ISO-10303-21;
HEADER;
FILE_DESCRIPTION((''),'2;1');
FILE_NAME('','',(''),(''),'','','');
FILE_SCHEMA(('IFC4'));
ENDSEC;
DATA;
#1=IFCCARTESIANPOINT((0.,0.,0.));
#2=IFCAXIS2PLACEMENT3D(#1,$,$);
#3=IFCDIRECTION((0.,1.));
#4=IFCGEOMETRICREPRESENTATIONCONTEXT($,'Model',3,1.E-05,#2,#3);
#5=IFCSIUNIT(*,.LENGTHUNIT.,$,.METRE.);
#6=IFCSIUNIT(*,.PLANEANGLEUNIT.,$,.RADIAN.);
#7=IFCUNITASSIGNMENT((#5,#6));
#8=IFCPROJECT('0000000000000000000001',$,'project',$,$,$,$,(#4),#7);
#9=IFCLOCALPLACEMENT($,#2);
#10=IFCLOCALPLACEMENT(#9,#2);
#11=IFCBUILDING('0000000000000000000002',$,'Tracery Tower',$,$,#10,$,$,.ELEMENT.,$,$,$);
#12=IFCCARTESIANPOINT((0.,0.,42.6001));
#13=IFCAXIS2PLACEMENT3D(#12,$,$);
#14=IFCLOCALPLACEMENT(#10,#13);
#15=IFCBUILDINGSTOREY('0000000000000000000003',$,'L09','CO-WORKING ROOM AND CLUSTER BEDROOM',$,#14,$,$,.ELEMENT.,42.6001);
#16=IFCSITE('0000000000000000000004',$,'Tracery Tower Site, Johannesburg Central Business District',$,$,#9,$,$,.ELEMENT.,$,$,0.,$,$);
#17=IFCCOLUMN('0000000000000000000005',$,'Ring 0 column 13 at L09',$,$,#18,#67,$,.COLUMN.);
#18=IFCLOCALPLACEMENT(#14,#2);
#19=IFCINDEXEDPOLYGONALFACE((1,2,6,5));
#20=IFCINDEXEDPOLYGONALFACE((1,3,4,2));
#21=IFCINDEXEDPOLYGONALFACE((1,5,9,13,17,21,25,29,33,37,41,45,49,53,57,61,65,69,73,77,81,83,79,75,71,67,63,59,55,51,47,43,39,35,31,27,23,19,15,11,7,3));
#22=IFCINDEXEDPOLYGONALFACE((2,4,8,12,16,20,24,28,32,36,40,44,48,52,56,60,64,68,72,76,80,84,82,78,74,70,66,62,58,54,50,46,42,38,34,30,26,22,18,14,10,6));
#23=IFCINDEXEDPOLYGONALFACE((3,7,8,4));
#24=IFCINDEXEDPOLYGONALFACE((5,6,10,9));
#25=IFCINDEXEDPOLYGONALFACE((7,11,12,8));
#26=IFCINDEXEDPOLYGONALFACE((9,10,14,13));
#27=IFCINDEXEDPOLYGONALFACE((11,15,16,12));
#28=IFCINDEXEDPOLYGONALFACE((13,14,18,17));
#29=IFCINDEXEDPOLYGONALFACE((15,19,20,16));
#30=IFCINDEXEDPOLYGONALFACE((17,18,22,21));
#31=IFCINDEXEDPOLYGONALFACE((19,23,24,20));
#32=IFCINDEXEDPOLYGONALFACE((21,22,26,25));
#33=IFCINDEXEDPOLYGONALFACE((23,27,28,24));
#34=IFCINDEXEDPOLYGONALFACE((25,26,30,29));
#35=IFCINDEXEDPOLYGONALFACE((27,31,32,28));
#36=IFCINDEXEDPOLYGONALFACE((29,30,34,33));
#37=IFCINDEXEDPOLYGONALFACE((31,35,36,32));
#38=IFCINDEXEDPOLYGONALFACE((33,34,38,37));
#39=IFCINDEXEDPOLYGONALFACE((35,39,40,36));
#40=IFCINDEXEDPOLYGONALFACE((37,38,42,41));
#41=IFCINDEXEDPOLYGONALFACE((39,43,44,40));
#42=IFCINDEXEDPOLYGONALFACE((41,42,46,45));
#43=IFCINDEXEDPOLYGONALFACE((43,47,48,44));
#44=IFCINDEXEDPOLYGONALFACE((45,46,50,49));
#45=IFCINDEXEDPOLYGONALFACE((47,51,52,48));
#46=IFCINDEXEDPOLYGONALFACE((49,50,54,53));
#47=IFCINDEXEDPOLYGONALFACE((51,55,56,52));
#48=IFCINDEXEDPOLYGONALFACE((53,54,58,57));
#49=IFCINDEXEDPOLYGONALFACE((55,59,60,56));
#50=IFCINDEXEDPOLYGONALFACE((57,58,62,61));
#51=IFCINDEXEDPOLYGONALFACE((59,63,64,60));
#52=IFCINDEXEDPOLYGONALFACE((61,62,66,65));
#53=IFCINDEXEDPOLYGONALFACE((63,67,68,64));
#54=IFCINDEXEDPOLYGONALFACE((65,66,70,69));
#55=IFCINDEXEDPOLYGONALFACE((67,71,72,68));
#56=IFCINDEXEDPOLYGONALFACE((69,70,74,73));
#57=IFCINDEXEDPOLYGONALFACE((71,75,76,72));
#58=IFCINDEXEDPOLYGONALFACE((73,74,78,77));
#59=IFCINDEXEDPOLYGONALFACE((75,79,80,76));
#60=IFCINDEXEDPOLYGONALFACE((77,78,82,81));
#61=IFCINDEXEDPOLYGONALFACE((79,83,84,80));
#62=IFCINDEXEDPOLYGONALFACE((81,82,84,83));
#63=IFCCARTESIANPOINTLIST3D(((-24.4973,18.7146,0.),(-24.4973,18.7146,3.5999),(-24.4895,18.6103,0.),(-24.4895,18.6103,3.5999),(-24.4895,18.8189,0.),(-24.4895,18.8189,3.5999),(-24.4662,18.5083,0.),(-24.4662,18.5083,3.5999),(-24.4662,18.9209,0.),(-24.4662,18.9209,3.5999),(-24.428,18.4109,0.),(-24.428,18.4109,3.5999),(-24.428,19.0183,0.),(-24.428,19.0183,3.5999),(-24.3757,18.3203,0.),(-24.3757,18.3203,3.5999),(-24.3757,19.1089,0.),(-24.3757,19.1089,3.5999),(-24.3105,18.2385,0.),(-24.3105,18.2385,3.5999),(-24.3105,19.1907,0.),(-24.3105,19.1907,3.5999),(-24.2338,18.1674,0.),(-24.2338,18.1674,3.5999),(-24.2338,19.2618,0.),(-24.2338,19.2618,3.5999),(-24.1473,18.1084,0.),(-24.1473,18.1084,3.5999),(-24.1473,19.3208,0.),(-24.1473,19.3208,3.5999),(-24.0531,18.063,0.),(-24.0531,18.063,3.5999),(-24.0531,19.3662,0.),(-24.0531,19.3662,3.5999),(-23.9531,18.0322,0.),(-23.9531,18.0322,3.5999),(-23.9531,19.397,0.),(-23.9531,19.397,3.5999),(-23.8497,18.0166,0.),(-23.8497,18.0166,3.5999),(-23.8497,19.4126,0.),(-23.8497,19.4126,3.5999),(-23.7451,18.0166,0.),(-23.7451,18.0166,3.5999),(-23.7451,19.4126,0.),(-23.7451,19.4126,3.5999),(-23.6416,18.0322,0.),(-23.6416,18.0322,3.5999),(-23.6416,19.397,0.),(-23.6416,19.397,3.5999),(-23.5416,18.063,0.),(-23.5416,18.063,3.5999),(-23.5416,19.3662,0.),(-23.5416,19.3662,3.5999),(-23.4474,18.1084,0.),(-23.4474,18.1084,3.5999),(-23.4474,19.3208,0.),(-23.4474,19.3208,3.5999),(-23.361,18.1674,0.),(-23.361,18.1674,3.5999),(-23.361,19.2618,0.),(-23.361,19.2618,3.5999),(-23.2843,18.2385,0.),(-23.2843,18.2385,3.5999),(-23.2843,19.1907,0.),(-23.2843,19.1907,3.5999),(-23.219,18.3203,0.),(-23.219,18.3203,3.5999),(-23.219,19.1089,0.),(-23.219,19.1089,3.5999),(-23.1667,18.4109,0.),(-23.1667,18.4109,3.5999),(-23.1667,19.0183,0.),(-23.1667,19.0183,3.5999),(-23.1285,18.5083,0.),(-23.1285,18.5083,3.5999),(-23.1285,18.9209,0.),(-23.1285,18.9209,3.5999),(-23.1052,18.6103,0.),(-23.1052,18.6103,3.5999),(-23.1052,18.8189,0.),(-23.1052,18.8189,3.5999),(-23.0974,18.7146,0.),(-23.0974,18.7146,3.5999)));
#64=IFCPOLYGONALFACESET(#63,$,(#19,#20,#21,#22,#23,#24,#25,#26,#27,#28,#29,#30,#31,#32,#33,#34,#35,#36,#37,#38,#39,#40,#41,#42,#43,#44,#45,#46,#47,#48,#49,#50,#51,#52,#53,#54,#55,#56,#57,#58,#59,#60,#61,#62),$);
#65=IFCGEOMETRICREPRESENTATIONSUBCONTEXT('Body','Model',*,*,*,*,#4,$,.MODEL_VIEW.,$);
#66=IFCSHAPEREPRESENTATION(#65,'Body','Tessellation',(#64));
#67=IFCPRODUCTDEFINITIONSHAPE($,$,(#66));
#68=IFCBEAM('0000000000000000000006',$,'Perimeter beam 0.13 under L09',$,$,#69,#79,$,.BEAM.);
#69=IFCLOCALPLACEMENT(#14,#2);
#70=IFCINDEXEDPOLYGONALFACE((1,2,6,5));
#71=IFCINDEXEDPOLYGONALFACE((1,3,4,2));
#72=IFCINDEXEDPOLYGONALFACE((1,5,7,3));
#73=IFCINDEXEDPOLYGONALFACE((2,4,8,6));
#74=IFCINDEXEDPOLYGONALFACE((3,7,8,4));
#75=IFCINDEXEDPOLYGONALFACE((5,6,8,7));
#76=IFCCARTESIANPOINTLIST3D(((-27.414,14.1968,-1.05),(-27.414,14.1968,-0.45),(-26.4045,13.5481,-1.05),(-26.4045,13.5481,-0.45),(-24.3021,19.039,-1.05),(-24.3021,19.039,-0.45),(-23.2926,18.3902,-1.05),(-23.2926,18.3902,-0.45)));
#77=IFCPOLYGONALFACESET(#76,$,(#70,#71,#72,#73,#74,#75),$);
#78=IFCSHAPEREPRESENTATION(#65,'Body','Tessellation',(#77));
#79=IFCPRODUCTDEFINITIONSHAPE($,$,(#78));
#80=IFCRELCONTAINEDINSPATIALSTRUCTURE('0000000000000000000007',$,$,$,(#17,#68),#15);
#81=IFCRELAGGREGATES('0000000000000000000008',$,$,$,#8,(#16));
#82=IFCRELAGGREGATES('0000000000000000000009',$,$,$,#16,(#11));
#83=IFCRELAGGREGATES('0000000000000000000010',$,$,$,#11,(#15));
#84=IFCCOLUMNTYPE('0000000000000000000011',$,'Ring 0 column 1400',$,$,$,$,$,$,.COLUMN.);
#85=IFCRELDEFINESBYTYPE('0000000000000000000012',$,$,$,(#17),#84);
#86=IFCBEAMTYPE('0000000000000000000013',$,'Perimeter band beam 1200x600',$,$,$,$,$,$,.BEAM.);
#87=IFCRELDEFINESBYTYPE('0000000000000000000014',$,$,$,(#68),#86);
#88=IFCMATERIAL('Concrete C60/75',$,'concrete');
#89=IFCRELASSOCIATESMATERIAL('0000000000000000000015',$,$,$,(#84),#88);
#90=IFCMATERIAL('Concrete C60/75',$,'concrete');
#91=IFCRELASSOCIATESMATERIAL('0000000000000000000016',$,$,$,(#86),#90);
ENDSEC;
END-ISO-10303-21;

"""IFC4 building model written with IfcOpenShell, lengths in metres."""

from ifc_helpers import new_model, si_unit, direction, frame, origin, origin_2d, place, context, subcontext, project, spatial, rectangle, circle, extrude, material, material_profile, profile_set, type_object, element, save


model = new_model("IFC4")

# Units and contexts
model_context = context("Model", 3, precision=1e-05, world=origin(), true_north=direction((0.0, 1.0)))
body_context = subcontext(model_context, "Body", "Model", "MODEL_VIEW")
ifc_project = project(units=[si_unit("LENGTHUNIT", "METRE"), si_unit("PLANEANGLEUNIT", "RADIAN")], contexts=[model_context])

# Site, building, storey
site_placement = place(None, origin())
site = spatial("IfcSite", under=ifc_project, at=site_placement, Name="Tracery Tower Site, Johannesburg Central Business District", CompositionType="ELEMENT", RefElevation=0.0)
building_placement = place(site_placement, origin())
building = spatial("IfcBuilding", under=site, at=building_placement, Name="Tracery Tower", CompositionType="ELEMENT")
storey_placement = place(building_placement, frame((0.0, 0.0, 42.6001)))
storey = spatial("IfcBuildingStorey", under=building, at=storey_placement, Name="L09", Description="CO-WORKING ROOM AND CLUSTER BEDROOM", CompositionType="ELEMENT", Elevation=42.6001)

# Column
ifc_material_1 = material(Name="Concrete C60/75", Category="concrete")
ifc_material_profile_1 = material_profile(ifc_material_1, circle(Radius=0.7, at=origin_2d()), Name="RC D1400")
ifc_profile_set_1 = profile_set([ifc_material_profile_1], Name="Concrete C60/75")
column_type = type_object("IfcColumnType", Name="Ring 0 column 1400", PredefinedType="COLUMN", material=ifc_profile_set_1)
column_placement = place(storey_placement, frame((-23.7974, 18.7146, 0.0), z_axis=(0.0, 0.0, 1.0), x_axis=(1.0, 0.0, 0.0)))
element("IfcColumn", 1, at=column_placement, inside=storey, type_object=column_type, Name="Ring 0 column 13 at L09", PredefinedType="COLUMN", context=body_context, shape_type="SweptSolid", body=[
    extrude(circle(Radius=0.7, at=origin_2d()), origin(), (0.0, 0.0, 1.0), 3.5999),
])

# Beam
ifc_material_2 = material(Name="Concrete C60/75", Category="concrete")
ifc_material_profile_2 = material_profile(ifc_material_2, rectangle(XDim=1.2, YDim=0.6001, at=origin_2d()), Name="RC 1200x600")
ifc_profile_set_2 = profile_set([ifc_material_profile_2], Name="Concrete C60/75")
beam_type = type_object("IfcBeamType", Name="Perimeter band beam 1200x600", PredefinedType="BEAM", material=ifc_profile_set_2)
beam_placement = place(storey_placement, frame((-23.7974, 18.7146, -0.75), z_axis=(-0.540644, -0.841252, 0.0), x_axis=(0.841252, -0.540644, 0.0)))
element("IfcBeam", 2, at=beam_placement, inside=storey, type_object=beam_type, Name="Perimeter beam 0.13 under L09", PredefinedType="BEAM", context=body_context, shape_type="SweptSolid", body=[
    extrude(rectangle(XDim=1.2, YDim=0.6001, at=origin_2d()), origin(), (0.0, 0.0, 1.0), 5.7559),
])

save(model, "model.ifc")
